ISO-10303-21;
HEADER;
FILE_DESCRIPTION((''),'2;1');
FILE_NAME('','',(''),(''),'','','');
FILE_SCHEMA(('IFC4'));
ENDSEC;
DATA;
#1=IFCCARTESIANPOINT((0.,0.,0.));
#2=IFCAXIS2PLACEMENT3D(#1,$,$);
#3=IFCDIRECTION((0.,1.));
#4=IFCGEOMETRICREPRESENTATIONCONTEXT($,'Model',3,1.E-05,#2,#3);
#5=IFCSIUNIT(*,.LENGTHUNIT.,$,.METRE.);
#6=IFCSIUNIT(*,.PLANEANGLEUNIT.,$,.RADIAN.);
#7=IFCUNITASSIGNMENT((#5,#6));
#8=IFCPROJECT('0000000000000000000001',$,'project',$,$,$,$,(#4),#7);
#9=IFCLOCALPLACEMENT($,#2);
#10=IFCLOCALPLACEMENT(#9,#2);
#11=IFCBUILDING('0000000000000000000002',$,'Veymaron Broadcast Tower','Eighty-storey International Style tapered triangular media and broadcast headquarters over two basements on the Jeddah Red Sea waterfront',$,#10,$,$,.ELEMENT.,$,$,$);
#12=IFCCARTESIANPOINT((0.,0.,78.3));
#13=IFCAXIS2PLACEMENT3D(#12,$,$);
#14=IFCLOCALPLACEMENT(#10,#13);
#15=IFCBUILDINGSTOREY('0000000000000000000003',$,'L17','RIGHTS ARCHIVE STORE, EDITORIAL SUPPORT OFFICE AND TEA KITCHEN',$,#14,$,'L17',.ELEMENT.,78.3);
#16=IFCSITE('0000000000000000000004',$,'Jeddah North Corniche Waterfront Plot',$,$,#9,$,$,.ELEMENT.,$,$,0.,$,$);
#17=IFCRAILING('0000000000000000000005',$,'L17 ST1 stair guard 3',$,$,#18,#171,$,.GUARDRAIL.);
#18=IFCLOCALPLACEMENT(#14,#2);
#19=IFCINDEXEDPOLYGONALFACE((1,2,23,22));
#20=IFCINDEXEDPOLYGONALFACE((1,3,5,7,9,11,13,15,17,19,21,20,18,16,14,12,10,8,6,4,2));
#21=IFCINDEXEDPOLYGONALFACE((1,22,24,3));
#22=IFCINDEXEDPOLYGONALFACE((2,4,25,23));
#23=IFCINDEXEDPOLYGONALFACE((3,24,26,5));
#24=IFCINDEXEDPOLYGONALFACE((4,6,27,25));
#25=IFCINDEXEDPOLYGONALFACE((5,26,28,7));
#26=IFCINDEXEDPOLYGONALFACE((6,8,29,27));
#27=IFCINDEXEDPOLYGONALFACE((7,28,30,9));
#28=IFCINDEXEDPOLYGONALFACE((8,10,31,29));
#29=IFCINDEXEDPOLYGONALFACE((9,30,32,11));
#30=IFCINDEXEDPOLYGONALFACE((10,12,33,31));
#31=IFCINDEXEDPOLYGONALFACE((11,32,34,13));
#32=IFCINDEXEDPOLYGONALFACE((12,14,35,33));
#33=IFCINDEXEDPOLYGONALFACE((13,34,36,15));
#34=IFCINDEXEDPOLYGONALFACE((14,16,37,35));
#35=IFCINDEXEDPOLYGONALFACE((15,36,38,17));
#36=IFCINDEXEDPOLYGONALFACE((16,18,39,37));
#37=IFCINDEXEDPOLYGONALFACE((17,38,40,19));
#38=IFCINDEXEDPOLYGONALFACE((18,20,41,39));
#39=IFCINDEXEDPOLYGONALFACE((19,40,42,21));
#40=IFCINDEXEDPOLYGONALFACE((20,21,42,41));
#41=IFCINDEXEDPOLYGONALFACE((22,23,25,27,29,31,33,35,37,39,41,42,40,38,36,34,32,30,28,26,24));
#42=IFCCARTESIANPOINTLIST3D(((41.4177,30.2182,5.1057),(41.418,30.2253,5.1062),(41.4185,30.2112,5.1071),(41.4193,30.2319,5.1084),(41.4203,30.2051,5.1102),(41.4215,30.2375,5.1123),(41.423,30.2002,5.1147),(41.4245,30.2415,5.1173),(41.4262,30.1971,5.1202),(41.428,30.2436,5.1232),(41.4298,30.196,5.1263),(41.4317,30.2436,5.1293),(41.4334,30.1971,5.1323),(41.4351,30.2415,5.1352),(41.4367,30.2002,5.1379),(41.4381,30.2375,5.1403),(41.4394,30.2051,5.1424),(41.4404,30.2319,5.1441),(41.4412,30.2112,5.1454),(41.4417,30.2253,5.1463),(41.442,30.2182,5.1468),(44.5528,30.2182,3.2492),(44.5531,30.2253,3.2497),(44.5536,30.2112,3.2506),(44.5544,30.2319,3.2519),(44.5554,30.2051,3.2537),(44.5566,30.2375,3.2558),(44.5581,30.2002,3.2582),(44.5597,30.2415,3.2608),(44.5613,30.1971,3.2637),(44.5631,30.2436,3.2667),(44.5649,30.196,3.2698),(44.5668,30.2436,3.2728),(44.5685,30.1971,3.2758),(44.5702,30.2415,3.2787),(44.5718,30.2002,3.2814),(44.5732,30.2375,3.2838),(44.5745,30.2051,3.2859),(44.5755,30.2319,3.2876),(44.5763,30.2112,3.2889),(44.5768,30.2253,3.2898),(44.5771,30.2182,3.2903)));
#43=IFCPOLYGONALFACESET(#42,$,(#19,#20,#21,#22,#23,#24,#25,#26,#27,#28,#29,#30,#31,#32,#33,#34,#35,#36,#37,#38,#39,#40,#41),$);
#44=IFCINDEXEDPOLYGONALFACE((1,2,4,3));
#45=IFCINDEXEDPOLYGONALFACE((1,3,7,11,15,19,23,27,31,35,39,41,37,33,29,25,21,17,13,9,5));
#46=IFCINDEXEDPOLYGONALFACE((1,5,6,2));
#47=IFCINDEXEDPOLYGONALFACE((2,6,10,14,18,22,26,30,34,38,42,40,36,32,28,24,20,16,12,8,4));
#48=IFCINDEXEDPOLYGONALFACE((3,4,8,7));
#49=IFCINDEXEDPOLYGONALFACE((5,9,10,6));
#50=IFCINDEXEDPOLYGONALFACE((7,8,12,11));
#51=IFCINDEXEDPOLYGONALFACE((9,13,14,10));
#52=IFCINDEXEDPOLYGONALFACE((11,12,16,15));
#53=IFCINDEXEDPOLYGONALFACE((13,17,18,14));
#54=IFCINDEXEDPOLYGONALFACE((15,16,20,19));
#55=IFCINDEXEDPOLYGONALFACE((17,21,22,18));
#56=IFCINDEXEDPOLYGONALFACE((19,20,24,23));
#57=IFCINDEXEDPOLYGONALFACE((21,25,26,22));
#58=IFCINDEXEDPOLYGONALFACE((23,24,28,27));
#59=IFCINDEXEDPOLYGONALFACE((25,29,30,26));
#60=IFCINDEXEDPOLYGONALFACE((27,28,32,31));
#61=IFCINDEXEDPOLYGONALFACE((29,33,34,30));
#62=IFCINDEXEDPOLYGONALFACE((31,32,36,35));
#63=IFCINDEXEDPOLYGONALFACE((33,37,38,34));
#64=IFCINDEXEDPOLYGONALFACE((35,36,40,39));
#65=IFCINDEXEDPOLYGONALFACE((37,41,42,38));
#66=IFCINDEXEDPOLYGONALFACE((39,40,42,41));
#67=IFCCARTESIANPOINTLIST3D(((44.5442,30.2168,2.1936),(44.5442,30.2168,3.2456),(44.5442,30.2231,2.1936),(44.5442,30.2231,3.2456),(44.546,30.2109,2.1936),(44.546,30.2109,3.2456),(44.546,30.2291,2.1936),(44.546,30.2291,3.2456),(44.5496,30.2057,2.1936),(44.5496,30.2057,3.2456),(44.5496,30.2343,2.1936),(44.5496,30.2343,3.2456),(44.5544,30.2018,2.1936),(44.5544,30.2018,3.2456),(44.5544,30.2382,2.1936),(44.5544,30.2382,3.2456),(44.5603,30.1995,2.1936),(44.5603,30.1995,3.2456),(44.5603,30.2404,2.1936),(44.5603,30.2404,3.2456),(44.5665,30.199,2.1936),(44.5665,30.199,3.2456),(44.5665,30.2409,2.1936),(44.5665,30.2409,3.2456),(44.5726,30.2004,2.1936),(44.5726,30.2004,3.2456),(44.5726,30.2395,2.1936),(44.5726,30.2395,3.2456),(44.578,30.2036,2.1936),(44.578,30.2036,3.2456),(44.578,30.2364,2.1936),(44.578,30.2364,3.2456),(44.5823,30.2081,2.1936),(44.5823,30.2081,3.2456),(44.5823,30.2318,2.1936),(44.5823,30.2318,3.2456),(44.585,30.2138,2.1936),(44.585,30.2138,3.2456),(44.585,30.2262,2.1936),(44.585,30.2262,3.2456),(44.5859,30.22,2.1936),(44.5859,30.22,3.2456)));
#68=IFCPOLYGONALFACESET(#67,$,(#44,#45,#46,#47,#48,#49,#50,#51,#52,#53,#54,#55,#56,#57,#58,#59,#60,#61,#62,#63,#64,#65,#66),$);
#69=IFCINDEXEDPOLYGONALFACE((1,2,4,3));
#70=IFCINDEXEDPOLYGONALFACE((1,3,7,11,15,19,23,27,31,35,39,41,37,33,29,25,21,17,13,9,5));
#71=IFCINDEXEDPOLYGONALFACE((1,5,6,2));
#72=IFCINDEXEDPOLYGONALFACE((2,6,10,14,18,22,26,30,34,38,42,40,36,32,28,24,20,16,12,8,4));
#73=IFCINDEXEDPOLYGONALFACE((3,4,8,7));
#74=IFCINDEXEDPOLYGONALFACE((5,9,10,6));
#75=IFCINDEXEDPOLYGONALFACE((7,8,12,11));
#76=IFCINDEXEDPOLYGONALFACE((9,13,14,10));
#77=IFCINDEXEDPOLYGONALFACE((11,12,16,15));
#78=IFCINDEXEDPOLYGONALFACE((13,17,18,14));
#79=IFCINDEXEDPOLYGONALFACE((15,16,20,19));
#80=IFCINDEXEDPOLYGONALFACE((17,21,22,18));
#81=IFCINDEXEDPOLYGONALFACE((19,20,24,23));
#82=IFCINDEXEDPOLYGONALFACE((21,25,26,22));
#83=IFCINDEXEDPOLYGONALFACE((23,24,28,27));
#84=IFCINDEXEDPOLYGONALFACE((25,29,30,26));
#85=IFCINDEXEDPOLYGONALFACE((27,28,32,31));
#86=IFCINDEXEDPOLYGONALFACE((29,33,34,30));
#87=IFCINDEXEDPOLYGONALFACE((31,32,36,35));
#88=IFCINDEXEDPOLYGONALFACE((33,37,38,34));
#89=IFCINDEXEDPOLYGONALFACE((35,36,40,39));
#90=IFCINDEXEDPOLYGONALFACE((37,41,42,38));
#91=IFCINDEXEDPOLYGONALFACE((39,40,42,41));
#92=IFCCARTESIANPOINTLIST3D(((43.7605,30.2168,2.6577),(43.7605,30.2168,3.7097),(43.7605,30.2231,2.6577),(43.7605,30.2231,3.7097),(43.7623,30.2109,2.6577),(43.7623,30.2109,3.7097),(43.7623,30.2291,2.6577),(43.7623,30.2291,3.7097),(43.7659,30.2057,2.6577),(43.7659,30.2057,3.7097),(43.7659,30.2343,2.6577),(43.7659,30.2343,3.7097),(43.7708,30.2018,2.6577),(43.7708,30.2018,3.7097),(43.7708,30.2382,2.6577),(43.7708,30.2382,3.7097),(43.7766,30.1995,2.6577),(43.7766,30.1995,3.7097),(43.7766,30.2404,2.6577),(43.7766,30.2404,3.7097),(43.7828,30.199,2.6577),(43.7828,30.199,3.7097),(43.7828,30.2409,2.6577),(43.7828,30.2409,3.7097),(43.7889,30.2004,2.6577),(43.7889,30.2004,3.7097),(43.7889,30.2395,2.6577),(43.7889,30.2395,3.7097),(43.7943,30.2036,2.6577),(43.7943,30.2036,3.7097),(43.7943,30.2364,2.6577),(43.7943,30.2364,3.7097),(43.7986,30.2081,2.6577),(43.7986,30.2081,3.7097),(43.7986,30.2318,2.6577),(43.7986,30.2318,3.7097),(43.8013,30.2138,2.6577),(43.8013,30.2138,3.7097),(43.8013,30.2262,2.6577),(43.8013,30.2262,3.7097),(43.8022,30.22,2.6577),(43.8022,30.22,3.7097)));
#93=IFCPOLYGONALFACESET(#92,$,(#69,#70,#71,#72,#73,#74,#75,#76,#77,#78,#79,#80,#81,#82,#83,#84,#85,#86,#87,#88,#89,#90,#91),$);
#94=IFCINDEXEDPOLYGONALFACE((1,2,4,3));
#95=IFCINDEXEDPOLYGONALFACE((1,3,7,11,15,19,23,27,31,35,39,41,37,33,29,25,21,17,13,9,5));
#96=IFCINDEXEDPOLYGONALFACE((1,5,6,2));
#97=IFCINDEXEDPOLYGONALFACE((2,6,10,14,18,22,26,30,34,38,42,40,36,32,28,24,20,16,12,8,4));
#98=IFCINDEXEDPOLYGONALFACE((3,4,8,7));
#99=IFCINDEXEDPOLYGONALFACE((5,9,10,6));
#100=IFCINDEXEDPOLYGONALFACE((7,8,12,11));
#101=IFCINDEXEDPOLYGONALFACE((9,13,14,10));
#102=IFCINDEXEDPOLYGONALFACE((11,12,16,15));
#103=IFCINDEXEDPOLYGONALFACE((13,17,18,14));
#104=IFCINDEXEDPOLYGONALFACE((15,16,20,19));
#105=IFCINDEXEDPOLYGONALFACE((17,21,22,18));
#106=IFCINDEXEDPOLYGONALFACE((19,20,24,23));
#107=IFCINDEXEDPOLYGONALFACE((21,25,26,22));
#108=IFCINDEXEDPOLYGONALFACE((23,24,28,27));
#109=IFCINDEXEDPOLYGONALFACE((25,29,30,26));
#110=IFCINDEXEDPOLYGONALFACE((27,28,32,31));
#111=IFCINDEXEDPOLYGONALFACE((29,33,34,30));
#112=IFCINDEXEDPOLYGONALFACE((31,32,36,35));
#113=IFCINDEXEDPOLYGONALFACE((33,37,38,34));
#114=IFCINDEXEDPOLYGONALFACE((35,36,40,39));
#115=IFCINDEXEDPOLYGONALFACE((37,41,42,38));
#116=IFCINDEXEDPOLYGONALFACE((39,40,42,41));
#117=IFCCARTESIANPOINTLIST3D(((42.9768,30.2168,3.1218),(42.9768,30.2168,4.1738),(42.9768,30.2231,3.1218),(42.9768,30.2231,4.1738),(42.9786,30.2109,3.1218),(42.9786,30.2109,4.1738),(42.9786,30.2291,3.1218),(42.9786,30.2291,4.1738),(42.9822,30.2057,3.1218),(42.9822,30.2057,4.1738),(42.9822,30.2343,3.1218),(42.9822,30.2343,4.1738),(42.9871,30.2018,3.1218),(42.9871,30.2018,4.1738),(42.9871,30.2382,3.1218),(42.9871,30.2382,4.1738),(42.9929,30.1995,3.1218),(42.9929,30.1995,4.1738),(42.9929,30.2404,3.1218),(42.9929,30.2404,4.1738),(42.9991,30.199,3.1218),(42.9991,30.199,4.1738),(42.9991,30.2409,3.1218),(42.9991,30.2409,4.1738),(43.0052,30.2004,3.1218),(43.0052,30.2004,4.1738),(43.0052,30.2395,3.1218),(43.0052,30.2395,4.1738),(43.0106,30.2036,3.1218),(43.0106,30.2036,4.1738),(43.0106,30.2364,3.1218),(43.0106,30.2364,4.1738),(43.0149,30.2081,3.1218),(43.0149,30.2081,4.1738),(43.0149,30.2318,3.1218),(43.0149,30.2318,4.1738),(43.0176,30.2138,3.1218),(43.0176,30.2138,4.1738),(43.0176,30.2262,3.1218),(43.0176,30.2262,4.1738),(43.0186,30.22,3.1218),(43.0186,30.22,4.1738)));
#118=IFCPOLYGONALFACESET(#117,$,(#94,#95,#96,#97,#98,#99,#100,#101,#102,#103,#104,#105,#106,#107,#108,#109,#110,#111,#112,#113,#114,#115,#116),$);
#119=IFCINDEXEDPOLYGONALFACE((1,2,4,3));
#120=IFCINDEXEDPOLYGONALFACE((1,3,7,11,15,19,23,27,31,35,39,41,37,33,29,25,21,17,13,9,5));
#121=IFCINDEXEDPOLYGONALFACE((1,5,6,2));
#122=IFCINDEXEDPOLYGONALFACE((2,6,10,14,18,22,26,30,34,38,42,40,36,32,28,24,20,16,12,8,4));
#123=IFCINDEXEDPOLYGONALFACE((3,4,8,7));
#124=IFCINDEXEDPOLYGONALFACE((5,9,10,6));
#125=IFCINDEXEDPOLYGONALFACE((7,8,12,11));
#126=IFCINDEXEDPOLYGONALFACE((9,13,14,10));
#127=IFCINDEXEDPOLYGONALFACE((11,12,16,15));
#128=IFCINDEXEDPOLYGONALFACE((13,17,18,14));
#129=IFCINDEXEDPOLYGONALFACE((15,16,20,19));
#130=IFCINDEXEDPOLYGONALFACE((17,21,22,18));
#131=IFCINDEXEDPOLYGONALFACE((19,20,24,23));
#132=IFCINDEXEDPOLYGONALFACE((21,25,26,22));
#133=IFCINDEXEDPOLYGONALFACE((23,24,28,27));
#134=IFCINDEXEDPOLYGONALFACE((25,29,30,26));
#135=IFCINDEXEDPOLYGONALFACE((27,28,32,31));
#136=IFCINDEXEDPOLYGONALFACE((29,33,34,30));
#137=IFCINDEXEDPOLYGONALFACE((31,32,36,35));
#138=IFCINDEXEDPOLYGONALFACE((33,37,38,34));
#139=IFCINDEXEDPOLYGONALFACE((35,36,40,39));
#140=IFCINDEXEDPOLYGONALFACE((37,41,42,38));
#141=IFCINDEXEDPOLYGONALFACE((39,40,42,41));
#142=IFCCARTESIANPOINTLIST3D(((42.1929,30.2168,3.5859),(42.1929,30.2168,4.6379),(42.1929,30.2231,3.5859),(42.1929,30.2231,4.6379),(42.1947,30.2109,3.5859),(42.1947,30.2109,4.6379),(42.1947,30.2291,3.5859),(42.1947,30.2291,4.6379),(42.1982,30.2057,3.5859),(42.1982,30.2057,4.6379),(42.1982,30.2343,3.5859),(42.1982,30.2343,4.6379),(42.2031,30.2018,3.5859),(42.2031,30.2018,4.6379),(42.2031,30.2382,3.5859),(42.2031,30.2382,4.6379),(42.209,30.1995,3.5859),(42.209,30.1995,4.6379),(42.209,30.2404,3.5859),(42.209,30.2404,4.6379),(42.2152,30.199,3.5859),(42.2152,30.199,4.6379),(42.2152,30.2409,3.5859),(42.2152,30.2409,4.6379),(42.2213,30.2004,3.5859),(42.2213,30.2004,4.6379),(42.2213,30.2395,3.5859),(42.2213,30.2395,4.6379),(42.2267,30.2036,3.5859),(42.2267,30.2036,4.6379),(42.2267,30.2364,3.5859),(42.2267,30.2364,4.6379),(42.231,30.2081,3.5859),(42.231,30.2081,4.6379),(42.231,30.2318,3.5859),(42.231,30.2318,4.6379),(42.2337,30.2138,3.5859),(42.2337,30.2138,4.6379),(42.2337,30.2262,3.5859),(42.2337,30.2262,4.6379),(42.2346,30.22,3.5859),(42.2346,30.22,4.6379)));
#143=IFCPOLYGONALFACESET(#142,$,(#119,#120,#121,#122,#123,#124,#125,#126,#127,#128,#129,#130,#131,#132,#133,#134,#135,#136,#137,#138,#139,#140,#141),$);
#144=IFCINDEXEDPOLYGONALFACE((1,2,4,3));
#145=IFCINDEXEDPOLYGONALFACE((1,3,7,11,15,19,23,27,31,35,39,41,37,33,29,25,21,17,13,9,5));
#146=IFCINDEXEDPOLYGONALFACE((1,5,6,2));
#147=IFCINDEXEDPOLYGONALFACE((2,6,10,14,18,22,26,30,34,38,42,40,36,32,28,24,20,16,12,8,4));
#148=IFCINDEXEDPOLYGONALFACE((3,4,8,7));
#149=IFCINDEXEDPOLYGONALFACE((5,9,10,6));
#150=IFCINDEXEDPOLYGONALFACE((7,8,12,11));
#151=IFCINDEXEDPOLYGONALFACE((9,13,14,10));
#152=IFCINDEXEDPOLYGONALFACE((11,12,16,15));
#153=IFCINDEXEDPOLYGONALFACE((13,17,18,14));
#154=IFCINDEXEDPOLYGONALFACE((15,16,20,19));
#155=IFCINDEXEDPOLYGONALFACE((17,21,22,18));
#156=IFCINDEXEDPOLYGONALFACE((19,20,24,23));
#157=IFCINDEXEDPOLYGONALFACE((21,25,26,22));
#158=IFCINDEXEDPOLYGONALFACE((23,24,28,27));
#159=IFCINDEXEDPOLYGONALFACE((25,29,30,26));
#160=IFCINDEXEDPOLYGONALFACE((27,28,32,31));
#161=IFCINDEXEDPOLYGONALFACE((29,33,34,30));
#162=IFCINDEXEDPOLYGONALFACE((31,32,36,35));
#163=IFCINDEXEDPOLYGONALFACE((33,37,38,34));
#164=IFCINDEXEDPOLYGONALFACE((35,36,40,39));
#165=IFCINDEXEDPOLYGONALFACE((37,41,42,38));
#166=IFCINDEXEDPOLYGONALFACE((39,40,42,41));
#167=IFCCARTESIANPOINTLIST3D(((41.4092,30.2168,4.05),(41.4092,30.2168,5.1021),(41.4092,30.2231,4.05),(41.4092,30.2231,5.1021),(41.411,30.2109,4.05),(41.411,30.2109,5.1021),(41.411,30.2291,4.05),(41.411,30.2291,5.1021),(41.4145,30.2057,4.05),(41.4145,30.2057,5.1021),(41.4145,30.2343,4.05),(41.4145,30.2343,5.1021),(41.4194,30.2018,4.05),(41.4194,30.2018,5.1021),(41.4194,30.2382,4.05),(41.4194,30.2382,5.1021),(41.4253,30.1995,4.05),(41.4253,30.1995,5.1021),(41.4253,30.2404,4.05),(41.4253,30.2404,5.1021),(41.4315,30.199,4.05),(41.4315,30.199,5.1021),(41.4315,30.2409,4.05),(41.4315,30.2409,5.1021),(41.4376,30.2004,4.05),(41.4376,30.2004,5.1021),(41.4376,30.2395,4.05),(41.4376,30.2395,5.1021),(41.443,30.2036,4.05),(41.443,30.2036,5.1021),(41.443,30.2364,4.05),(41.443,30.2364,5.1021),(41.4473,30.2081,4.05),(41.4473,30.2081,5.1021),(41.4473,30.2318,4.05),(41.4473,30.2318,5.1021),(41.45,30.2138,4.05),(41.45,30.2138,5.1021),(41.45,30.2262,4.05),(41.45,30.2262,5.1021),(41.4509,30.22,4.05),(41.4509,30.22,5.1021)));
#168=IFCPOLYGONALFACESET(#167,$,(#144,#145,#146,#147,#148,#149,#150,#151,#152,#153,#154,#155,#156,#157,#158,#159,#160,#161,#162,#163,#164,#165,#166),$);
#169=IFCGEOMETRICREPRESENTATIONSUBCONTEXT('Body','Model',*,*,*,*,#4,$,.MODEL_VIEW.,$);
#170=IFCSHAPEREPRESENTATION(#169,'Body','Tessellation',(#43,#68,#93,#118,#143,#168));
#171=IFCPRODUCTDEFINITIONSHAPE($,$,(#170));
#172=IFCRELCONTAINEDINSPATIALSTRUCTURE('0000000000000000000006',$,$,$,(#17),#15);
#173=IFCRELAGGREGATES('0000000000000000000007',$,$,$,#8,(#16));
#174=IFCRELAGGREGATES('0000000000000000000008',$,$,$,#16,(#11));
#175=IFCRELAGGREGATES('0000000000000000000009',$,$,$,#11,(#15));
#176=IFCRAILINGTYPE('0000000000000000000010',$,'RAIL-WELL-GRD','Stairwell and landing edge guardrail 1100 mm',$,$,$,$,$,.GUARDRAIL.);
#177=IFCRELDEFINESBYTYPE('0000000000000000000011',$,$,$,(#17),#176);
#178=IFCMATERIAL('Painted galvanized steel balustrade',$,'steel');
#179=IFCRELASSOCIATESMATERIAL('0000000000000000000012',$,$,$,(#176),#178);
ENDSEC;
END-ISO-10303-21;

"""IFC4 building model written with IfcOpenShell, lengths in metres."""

from ifc_helpers import new_model, si_unit, direction, frame, origin, origin_2d, place, context, subcontext, project, spatial, circle, extrude, material, type_object, element, save


model = new_model("IFC4")

# Units and contexts
model_context = context("Model", 3, precision=1e-05, world=origin(), true_north=direction((0.0, 1.0)))
body_context = subcontext(model_context, "Body", "Model", "MODEL_VIEW")
ifc_project = project(units=[si_unit("LENGTHUNIT", "METRE"), si_unit("PLANEANGLEUNIT", "RADIAN")], contexts=[model_context])

# Site, building, storey
site_placement = place(None, origin())
site = spatial("IfcSite", under=ifc_project, at=site_placement, Name="Jeddah North Corniche Waterfront Plot", CompositionType="ELEMENT", RefElevation=0.0)
building_placement = place(site_placement, origin())
building = spatial("IfcBuilding", under=site, at=building_placement, Name="Veymaron Broadcast Tower", Description="Eighty-storey International Style tapered triangular media and broadcast headquarters over two basements on the Jeddah Red Sea waterfront", CompositionType="ELEMENT")
storey_placement = place(building_placement, frame((0.0, 0.0, 78.3)))
storey = spatial("IfcBuildingStorey", under=building, at=storey_placement, Name="L17", Description="RIGHTS ARCHIVE STORE, EDITORIAL SUPPORT OFFICE AND TEA KITCHEN", LongName="L17", CompositionType="ELEMENT", Elevation=78.3)

# Railing
ifc_material_1 = material(Name="Painted galvanized steel balustrade", Category="steel")
railing_type_1 = type_object("IfcRailingType", Name="RAIL-WELL-GRD", Description="Stairwell and landing edge guardrail 1100 mm", PredefinedType="GUARDRAIL", material=ifc_material_1)
railing_1_placement = place(storey_placement, frame((44.5649, 30.22, 2.1936)))
element("IfcRailing", 1, at=railing_1_placement, inside=storey, type_object=railing_type_1, Name="L17 ST1 stair guard 3", PredefinedType="GUARDRAIL", context=body_context, shape_type="SweptSolid", body=[
    extrude(circle(Radius=0.0239, at=origin_2d()), frame((0.0, 0.0, 1.0762), z_axis=(-0.860453, 0.0, 0.509531), x_axis=(0.0, -1.0, 0.0)), (0.0, 0.0, 1.0), 3.6436),
    extrude(circle(Radius=0.021, at=origin_2d()), origin(), (0.0, 0.0, 1.0), 1.052),
    extrude(circle(Radius=0.021, at=origin_2d()), frame((-0.7837, 0.0, 0.4641)), (0.0, 0.0, 1.0), 1.052),
    extrude(circle(Radius=0.021, at=origin_2d()), frame((-1.5674, 0.0, 0.9282)), (0.0, 0.0, 1.0), 1.052),
    extrude(circle(Radius=0.021, at=origin_2d()), frame((-2.3513, 0.0, 1.3923)), (0.0, 0.0, 1.0), 1.052),
    extrude(circle(Radius=0.021, at=origin_2d()), frame((-3.135, 0.0, 1.8564)), (0.0, 0.0, 1.0), 1.052),
])

save(model, "model.ifc")
